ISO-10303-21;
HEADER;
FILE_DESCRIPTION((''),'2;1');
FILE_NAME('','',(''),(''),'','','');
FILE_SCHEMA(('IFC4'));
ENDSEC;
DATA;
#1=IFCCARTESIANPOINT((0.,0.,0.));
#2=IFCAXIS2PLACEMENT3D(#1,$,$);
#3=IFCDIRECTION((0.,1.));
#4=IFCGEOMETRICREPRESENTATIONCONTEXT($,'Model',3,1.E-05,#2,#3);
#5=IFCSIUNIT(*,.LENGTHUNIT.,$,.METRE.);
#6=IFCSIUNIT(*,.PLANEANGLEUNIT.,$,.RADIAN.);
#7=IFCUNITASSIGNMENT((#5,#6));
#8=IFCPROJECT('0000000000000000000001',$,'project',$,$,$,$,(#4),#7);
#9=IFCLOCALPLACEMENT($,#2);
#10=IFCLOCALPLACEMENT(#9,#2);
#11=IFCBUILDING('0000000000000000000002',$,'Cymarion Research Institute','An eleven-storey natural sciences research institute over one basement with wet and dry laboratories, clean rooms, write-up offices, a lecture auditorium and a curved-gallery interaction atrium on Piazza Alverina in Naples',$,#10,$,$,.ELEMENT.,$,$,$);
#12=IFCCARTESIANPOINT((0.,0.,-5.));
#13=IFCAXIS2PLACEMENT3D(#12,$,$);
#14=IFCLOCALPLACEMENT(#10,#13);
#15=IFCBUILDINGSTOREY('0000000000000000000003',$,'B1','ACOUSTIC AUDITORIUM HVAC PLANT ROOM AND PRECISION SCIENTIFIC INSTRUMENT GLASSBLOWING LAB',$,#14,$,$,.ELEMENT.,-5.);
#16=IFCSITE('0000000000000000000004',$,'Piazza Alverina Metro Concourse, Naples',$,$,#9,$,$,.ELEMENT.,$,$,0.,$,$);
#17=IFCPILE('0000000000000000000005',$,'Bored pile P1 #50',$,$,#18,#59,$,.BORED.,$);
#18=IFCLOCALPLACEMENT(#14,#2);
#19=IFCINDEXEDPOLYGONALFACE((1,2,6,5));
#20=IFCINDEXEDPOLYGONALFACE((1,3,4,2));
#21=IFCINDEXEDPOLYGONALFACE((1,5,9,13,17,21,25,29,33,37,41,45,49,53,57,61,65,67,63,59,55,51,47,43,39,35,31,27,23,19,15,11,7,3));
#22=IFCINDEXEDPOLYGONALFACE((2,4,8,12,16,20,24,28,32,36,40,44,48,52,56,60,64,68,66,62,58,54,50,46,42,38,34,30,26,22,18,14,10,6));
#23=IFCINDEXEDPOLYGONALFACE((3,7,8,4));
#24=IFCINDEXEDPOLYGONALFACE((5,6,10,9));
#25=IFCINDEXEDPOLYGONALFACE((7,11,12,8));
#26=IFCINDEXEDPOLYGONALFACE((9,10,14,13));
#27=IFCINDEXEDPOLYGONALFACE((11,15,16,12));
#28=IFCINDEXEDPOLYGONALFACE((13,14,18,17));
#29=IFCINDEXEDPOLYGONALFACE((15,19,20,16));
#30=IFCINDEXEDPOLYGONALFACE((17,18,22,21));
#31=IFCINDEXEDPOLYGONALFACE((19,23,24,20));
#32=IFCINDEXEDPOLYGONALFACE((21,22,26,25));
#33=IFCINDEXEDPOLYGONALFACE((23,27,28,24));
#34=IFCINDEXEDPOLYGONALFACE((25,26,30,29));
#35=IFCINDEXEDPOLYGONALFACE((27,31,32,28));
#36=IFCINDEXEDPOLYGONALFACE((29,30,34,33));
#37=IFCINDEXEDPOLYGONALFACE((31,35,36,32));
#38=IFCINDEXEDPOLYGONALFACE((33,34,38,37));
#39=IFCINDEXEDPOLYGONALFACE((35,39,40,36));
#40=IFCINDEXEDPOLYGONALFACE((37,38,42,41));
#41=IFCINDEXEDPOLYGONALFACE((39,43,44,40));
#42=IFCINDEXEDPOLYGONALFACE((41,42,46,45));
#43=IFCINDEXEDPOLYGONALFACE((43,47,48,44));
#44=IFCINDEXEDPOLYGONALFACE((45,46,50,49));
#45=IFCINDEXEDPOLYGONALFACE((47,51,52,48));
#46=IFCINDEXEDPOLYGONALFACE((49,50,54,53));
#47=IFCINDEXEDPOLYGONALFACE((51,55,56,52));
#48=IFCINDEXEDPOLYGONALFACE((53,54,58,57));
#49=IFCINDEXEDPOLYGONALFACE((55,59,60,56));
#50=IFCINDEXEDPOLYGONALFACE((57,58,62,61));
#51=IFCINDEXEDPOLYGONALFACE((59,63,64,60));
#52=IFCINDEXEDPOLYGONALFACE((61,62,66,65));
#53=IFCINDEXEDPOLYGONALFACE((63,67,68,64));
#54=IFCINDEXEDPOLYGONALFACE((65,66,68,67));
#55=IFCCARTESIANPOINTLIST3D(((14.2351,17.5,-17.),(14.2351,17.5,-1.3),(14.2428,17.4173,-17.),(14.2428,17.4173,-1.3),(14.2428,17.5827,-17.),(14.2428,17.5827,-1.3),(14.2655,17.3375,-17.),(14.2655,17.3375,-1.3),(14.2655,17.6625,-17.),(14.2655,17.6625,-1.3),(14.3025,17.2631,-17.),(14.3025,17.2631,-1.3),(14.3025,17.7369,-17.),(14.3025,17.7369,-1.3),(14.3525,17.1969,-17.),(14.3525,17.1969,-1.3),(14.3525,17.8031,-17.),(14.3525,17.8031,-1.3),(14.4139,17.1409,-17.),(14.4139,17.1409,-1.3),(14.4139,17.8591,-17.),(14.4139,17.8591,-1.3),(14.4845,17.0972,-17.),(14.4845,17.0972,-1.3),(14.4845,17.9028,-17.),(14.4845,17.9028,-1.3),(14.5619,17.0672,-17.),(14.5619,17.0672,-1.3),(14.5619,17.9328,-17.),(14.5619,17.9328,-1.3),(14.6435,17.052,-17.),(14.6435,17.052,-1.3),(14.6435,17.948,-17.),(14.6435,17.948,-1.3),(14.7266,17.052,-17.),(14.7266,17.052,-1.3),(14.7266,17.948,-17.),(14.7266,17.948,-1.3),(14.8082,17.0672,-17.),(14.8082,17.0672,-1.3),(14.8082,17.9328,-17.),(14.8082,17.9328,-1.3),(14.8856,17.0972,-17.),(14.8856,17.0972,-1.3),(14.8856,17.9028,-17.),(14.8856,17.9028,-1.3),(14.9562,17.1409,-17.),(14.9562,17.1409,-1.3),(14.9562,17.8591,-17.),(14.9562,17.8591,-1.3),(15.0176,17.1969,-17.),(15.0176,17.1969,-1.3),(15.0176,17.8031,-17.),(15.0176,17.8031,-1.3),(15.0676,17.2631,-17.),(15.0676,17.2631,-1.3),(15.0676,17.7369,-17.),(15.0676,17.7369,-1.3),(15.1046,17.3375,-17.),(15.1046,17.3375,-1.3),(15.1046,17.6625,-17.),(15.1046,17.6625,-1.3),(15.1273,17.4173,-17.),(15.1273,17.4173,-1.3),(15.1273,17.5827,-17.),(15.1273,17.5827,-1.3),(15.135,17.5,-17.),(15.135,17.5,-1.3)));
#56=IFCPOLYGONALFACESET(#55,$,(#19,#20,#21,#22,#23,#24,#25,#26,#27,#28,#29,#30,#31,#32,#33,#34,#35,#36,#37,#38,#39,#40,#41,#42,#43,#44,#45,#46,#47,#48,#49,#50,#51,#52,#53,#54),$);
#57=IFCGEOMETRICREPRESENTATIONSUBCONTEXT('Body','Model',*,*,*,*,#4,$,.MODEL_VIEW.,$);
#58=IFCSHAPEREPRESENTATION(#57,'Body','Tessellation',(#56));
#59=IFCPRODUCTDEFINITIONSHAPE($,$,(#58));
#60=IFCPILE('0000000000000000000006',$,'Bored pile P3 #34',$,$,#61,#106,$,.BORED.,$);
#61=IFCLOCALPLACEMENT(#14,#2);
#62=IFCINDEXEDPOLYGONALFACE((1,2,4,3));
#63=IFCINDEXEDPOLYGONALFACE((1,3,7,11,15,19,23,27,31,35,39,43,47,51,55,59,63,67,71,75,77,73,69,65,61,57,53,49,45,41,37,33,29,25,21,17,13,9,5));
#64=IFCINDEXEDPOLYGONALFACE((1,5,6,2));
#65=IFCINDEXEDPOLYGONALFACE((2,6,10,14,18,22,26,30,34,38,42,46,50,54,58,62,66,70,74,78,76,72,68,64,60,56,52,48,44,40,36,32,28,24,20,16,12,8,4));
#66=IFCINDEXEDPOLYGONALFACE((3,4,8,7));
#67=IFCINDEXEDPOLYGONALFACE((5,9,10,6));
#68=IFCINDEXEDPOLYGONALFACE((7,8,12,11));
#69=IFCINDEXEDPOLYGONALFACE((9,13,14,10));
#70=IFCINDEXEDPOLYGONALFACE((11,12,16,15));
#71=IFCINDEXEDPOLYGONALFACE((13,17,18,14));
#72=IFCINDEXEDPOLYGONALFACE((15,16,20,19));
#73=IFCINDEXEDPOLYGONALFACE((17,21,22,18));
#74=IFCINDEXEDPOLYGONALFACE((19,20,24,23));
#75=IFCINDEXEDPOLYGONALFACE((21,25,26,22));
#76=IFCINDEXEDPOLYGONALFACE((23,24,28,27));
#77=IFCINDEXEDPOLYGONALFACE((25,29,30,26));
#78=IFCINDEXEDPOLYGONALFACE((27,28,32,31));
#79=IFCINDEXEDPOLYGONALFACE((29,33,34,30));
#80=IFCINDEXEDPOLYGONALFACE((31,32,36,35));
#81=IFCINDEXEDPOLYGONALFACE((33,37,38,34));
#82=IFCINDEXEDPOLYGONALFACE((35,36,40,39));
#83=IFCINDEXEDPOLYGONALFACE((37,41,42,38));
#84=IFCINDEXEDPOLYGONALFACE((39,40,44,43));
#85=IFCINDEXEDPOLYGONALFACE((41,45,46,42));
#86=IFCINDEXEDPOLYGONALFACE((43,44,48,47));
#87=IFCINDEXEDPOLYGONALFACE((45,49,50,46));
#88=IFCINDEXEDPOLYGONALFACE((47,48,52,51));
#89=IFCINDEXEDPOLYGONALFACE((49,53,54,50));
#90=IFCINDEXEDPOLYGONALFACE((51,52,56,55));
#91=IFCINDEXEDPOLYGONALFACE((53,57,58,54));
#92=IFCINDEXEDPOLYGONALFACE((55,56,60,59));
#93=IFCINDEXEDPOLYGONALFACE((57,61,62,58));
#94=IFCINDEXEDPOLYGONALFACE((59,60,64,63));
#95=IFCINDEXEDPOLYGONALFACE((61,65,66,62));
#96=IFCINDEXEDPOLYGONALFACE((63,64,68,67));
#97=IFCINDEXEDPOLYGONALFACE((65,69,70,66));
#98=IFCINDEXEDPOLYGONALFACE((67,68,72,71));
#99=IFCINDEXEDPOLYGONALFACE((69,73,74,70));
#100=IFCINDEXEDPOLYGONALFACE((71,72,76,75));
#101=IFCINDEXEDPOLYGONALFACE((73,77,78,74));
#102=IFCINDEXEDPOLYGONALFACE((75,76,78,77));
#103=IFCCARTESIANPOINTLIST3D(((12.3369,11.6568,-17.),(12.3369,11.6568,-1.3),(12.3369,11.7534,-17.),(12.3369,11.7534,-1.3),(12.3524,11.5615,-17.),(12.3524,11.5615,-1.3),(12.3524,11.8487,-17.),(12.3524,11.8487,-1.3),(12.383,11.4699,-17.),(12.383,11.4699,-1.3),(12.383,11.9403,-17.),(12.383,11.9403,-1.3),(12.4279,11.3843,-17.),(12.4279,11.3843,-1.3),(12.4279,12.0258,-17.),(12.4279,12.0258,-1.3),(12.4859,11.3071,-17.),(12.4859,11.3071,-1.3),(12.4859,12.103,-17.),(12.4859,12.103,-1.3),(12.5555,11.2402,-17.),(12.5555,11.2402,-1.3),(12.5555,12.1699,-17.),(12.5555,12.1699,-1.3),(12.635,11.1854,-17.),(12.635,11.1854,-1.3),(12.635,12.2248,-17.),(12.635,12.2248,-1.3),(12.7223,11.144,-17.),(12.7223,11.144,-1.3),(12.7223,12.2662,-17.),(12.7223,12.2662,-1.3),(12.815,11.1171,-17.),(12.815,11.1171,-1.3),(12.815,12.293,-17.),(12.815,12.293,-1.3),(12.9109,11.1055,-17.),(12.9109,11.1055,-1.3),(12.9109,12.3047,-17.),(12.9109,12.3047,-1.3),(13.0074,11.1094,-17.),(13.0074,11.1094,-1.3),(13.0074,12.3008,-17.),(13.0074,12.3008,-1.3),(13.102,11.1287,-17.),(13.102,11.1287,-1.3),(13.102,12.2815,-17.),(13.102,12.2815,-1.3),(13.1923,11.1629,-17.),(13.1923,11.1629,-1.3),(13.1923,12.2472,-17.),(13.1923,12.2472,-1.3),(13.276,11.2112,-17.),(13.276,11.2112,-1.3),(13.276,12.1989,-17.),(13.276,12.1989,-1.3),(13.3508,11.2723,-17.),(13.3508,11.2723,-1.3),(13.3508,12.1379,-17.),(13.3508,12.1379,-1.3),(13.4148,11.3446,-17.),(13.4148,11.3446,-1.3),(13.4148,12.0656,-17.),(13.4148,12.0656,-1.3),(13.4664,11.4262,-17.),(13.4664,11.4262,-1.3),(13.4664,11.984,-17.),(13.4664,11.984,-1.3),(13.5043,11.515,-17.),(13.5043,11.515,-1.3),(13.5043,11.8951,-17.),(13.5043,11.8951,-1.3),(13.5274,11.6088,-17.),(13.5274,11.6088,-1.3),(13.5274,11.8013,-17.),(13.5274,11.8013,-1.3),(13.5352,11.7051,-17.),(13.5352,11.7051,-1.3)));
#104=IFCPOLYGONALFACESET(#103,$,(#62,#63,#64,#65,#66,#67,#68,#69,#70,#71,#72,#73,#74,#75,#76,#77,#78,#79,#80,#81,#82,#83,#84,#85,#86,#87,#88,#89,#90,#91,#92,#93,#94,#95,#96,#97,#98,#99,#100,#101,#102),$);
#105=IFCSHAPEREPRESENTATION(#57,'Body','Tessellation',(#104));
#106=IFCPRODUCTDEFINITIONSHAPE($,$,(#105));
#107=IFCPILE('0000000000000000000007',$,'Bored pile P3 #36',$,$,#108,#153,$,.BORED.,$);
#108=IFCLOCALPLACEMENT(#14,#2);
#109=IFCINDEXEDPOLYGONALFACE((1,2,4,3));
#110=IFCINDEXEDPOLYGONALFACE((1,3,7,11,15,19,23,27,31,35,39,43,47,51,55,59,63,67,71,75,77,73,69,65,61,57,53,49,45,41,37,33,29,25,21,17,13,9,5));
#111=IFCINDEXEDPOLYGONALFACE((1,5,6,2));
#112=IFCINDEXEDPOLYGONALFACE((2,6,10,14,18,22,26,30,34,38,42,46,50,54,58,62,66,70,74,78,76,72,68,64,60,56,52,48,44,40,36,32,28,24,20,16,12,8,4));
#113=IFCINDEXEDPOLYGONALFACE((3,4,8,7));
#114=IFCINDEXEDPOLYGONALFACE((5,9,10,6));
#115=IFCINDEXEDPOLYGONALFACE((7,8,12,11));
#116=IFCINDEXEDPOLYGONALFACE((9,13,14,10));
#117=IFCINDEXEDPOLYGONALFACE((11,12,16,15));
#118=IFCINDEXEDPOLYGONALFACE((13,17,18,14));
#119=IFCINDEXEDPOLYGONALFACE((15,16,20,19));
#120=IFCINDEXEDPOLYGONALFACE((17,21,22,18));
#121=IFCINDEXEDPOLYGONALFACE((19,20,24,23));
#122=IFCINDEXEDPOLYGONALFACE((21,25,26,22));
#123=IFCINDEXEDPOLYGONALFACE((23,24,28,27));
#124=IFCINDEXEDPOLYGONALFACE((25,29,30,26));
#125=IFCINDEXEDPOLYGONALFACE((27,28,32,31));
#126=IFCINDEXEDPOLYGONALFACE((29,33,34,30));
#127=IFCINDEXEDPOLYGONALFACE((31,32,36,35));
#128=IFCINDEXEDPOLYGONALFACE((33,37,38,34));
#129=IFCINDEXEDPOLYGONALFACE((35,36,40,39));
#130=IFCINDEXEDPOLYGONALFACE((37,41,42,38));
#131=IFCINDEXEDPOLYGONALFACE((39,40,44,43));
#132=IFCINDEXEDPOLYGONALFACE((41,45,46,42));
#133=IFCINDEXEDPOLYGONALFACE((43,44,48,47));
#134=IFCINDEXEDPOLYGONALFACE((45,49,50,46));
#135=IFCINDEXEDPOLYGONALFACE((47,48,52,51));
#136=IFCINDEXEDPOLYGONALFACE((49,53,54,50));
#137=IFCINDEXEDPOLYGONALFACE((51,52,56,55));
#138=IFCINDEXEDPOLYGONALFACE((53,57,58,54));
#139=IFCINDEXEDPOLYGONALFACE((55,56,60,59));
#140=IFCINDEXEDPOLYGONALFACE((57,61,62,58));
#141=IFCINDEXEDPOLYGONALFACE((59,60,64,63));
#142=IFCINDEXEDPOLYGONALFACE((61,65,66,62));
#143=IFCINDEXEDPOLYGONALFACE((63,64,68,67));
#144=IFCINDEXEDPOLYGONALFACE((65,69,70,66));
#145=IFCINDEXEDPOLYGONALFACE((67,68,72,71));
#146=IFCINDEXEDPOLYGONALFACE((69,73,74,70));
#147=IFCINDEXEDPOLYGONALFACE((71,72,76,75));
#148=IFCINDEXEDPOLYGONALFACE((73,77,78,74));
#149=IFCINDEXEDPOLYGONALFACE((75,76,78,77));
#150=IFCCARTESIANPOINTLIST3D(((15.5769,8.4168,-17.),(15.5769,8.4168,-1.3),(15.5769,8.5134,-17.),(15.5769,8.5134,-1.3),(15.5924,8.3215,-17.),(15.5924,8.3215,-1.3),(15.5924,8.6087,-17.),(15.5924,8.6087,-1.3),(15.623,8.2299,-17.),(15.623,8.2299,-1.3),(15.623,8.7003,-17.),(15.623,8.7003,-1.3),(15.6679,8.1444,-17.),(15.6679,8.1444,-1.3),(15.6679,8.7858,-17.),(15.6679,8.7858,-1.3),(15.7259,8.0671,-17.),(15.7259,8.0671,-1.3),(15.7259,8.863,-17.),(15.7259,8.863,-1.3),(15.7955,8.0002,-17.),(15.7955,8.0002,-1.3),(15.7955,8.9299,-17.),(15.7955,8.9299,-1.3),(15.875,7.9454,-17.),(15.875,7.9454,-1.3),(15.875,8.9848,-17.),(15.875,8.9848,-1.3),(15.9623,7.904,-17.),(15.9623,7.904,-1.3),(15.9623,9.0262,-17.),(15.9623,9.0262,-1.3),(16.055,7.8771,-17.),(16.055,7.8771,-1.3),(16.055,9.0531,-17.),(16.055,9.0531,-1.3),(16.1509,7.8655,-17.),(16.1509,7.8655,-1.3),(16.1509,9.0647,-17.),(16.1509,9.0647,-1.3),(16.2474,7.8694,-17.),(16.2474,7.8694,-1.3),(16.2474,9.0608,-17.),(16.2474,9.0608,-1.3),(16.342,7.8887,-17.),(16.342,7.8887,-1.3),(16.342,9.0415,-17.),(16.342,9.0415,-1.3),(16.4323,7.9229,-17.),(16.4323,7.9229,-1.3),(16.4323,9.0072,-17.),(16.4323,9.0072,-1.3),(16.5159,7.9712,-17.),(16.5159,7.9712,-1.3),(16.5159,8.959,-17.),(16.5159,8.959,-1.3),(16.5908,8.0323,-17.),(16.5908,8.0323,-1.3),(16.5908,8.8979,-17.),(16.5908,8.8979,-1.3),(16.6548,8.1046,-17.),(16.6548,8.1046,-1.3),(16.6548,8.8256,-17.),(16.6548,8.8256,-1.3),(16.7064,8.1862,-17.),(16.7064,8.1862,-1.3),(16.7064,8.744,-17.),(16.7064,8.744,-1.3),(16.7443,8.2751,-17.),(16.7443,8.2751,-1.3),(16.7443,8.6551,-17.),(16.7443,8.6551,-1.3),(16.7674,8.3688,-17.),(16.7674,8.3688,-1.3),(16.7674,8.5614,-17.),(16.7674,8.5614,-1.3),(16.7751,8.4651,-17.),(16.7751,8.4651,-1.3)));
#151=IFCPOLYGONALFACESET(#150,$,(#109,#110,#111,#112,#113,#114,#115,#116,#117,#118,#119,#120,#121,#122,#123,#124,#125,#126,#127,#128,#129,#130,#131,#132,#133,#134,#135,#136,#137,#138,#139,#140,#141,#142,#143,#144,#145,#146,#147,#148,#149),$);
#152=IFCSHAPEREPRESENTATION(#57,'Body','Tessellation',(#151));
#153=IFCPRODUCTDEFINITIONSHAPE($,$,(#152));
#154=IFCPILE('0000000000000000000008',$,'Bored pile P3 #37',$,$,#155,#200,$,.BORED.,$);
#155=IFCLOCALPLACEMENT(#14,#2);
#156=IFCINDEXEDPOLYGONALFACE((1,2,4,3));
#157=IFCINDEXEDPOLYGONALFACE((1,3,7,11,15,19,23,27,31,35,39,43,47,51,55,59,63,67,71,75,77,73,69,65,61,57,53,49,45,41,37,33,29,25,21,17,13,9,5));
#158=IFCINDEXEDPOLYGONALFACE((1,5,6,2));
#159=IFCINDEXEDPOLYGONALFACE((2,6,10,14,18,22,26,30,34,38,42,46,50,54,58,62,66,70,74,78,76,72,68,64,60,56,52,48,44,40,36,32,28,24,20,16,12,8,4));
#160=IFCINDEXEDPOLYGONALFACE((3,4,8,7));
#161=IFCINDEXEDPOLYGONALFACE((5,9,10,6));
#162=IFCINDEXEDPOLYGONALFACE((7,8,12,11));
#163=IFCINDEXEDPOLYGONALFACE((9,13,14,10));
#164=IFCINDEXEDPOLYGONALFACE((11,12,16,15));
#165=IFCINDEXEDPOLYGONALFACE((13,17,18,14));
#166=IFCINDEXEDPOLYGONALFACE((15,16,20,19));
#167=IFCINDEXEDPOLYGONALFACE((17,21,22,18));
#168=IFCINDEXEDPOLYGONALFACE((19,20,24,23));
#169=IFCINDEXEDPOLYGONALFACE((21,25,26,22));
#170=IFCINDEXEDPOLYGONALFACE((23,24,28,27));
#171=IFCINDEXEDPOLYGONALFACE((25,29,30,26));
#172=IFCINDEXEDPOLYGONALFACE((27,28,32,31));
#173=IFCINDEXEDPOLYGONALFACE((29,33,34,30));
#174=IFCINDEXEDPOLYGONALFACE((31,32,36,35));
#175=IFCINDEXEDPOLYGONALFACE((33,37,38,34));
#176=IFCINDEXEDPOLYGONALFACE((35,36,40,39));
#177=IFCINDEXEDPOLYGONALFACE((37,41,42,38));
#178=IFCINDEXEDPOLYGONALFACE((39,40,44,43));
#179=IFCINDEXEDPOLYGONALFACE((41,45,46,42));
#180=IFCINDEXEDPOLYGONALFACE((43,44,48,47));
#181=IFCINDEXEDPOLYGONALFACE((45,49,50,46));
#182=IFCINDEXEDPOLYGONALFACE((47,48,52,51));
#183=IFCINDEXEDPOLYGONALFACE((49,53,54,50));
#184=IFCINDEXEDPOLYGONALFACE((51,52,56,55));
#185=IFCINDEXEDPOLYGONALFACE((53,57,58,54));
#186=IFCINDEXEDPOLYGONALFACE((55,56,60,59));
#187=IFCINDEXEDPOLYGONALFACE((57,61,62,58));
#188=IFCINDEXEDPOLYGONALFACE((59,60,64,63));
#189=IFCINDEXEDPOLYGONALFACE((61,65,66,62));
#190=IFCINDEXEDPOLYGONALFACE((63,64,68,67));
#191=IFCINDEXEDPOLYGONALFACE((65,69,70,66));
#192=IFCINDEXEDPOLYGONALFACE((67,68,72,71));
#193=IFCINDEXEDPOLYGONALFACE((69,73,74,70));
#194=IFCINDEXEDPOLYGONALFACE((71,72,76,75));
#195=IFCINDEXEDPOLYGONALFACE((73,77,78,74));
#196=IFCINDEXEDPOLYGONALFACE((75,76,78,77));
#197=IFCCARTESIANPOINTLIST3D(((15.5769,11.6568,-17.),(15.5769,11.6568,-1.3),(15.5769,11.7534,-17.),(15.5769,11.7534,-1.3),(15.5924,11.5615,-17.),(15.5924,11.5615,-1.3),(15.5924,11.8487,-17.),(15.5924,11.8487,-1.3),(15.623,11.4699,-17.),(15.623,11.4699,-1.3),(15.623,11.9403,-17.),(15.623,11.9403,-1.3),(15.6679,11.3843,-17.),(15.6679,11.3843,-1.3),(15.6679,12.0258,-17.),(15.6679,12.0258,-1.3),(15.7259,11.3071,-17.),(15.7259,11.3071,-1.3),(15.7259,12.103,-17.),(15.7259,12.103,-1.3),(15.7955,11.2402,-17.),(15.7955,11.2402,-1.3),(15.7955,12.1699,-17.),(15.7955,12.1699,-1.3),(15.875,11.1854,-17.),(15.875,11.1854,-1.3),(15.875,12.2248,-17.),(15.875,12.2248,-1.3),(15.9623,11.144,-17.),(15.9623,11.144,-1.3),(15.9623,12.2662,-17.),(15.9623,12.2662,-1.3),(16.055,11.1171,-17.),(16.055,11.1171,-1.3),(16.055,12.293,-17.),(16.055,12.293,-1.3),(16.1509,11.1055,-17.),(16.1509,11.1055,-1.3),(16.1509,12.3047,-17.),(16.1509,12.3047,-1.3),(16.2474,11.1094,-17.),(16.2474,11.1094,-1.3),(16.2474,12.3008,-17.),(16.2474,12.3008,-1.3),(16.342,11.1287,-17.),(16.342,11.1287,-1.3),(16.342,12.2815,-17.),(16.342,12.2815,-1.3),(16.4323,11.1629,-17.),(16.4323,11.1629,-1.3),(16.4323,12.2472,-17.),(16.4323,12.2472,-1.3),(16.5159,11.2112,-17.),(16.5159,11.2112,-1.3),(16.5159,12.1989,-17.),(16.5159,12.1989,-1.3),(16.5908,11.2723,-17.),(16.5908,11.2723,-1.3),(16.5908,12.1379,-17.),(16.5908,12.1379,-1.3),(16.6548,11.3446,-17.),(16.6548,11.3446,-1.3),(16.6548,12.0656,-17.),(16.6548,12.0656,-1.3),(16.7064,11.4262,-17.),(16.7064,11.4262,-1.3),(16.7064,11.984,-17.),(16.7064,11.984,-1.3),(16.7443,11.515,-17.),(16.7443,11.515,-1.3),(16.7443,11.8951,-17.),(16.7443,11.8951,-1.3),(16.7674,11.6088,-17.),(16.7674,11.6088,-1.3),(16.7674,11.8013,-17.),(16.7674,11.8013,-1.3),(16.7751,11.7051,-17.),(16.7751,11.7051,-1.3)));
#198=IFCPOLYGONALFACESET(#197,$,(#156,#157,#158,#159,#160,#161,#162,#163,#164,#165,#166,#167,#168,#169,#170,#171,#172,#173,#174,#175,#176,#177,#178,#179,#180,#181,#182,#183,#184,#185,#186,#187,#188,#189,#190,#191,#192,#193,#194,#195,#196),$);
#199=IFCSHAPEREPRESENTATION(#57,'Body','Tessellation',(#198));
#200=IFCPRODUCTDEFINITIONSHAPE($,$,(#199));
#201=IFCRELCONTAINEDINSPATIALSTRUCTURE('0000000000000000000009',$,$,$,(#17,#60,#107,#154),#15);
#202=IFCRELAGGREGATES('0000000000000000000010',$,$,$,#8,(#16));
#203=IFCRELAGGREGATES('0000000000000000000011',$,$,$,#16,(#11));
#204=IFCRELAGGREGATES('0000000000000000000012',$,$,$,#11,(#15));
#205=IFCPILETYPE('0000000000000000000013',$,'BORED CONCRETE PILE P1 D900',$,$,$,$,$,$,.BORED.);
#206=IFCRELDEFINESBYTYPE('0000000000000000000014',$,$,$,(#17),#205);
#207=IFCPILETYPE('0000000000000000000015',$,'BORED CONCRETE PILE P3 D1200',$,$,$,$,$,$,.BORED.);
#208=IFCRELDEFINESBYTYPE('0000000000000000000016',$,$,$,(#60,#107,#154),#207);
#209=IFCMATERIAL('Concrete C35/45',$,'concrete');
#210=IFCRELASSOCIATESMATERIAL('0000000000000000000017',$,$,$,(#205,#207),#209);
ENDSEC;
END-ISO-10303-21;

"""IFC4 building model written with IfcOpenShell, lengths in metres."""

from ifc_helpers import new_model, si_unit, direction, frame, origin, origin_2d, place, context, subcontext, project, spatial, circle, extrude, material, material_profile, profile_set, type_object, element, save


model = new_model("IFC4")

# Units and contexts
model_context = context("Model", 3, precision=1e-05, world=origin(), true_north=direction((0.0, 1.0)))
body_context = subcontext(model_context, "Body", "Model", "MODEL_VIEW")
ifc_project = project(units=[si_unit("LENGTHUNIT", "METRE"), si_unit("PLANEANGLEUNIT", "RADIAN")], contexts=[model_context])

# Site, building, storey
site_placement = place(None, origin())
site = spatial("IfcSite", under=ifc_project, at=site_placement, Name="Piazza Alverina Metro Concourse, Naples", CompositionType="ELEMENT", RefElevation=0.0)
building_placement = place(site_placement, origin())
building = spatial("IfcBuilding", under=site, at=building_placement, Name="Cymarion Research Institute", Description="An eleven-storey natural sciences research institute over one basement with wet and dry laboratories, clean rooms, write-up offices, a lecture auditorium and a curved-gallery interaction atrium on Piazza Alverina in Naples", CompositionType="ELEMENT")
storey_placement = place(building_placement, frame((0.0, 0.0, -5.0)))
storey = spatial("IfcBuildingStorey", under=building, at=storey_placement, Name="B1", Description="ACOUSTIC AUDITORIUM HVAC PLANT ROOM AND PRECISION SCIENTIFIC INSTRUMENT GLASSBLOWING LAB", CompositionType="ELEMENT", Elevation=-5.0)

# Piles
ifc_material_1 = material(Name="Concrete C35/45", Category="concrete")
ifc_material_profile_1 = material_profile(ifc_material_1, circle(Radius=0.45, at=origin_2d()), Name="BORED PILE D900")
ifc_profile_set_1 = profile_set([ifc_material_profile_1], Name="Concrete C35/45")
pile_type_1 = type_object("IfcPileType", Name="BORED CONCRETE PILE P1 D900", PredefinedType="BORED", material=ifc_profile_set_1)
pile_placement = place(storey_placement, frame((14.6851, 17.5, -1.3), z_axis=(0.0, 0.0, -1.0), x_axis=(1.0, 0.0, 0.0)))
element("IfcPile", 1, at=pile_placement, inside=storey, type_object=pile_type_1, Name="Bored pile P1 #50", PredefinedType="BORED", context=body_context, shape_type="SweptSolid", body=[
    extrude(circle(Radius=0.45, at=origin_2d()), origin(), (0.0, 0.0, 1.0), 15.7),
])
ifc_material_profile_2 = material_profile(ifc_material_1, circle(Radius=0.6001, at=origin_2d()), Name="BORED PILE D1200")
ifc_profile_set_2 = profile_set([ifc_material_profile_2], Name="Concrete C35/45")
pile_type_2 = type_object("IfcPileType", Name="BORED CONCRETE PILE P3 D1200", PredefinedType="BORED", material=ifc_profile_set_2)
for number, where, z_axis, x_axis, name in (
    (2, (12.9351, 11.7051, -1.3), (0.0, 0.0, -1.0), (1.0, 0.0, 0.0), "Bored pile P3 #34"),
    (3, (16.175, 8.4651, -1.3), (0.0, 0.0, -1.0), (1.0, 0.0, 0.0), "Bored pile P3 #36"),
    (4, (16.175, 11.7051, -1.3), (0.0, 0.0, -1.0), (1.0, 0.0, 0.0), "Bored pile P3 #37"),
):
    element("IfcPile", number, at=place(storey_placement, frame(where, z_axis=z_axis, x_axis=x_axis)), inside=storey, type_object=pile_type_2, Name=name, PredefinedType="BORED", context=body_context, shape_type="SweptSolid", body=[
        extrude(circle(Radius=0.6001, at=origin_2d()), origin(), (0.0, 0.0, 1.0), 15.7),
    ])

save(model, "model.ifc")
